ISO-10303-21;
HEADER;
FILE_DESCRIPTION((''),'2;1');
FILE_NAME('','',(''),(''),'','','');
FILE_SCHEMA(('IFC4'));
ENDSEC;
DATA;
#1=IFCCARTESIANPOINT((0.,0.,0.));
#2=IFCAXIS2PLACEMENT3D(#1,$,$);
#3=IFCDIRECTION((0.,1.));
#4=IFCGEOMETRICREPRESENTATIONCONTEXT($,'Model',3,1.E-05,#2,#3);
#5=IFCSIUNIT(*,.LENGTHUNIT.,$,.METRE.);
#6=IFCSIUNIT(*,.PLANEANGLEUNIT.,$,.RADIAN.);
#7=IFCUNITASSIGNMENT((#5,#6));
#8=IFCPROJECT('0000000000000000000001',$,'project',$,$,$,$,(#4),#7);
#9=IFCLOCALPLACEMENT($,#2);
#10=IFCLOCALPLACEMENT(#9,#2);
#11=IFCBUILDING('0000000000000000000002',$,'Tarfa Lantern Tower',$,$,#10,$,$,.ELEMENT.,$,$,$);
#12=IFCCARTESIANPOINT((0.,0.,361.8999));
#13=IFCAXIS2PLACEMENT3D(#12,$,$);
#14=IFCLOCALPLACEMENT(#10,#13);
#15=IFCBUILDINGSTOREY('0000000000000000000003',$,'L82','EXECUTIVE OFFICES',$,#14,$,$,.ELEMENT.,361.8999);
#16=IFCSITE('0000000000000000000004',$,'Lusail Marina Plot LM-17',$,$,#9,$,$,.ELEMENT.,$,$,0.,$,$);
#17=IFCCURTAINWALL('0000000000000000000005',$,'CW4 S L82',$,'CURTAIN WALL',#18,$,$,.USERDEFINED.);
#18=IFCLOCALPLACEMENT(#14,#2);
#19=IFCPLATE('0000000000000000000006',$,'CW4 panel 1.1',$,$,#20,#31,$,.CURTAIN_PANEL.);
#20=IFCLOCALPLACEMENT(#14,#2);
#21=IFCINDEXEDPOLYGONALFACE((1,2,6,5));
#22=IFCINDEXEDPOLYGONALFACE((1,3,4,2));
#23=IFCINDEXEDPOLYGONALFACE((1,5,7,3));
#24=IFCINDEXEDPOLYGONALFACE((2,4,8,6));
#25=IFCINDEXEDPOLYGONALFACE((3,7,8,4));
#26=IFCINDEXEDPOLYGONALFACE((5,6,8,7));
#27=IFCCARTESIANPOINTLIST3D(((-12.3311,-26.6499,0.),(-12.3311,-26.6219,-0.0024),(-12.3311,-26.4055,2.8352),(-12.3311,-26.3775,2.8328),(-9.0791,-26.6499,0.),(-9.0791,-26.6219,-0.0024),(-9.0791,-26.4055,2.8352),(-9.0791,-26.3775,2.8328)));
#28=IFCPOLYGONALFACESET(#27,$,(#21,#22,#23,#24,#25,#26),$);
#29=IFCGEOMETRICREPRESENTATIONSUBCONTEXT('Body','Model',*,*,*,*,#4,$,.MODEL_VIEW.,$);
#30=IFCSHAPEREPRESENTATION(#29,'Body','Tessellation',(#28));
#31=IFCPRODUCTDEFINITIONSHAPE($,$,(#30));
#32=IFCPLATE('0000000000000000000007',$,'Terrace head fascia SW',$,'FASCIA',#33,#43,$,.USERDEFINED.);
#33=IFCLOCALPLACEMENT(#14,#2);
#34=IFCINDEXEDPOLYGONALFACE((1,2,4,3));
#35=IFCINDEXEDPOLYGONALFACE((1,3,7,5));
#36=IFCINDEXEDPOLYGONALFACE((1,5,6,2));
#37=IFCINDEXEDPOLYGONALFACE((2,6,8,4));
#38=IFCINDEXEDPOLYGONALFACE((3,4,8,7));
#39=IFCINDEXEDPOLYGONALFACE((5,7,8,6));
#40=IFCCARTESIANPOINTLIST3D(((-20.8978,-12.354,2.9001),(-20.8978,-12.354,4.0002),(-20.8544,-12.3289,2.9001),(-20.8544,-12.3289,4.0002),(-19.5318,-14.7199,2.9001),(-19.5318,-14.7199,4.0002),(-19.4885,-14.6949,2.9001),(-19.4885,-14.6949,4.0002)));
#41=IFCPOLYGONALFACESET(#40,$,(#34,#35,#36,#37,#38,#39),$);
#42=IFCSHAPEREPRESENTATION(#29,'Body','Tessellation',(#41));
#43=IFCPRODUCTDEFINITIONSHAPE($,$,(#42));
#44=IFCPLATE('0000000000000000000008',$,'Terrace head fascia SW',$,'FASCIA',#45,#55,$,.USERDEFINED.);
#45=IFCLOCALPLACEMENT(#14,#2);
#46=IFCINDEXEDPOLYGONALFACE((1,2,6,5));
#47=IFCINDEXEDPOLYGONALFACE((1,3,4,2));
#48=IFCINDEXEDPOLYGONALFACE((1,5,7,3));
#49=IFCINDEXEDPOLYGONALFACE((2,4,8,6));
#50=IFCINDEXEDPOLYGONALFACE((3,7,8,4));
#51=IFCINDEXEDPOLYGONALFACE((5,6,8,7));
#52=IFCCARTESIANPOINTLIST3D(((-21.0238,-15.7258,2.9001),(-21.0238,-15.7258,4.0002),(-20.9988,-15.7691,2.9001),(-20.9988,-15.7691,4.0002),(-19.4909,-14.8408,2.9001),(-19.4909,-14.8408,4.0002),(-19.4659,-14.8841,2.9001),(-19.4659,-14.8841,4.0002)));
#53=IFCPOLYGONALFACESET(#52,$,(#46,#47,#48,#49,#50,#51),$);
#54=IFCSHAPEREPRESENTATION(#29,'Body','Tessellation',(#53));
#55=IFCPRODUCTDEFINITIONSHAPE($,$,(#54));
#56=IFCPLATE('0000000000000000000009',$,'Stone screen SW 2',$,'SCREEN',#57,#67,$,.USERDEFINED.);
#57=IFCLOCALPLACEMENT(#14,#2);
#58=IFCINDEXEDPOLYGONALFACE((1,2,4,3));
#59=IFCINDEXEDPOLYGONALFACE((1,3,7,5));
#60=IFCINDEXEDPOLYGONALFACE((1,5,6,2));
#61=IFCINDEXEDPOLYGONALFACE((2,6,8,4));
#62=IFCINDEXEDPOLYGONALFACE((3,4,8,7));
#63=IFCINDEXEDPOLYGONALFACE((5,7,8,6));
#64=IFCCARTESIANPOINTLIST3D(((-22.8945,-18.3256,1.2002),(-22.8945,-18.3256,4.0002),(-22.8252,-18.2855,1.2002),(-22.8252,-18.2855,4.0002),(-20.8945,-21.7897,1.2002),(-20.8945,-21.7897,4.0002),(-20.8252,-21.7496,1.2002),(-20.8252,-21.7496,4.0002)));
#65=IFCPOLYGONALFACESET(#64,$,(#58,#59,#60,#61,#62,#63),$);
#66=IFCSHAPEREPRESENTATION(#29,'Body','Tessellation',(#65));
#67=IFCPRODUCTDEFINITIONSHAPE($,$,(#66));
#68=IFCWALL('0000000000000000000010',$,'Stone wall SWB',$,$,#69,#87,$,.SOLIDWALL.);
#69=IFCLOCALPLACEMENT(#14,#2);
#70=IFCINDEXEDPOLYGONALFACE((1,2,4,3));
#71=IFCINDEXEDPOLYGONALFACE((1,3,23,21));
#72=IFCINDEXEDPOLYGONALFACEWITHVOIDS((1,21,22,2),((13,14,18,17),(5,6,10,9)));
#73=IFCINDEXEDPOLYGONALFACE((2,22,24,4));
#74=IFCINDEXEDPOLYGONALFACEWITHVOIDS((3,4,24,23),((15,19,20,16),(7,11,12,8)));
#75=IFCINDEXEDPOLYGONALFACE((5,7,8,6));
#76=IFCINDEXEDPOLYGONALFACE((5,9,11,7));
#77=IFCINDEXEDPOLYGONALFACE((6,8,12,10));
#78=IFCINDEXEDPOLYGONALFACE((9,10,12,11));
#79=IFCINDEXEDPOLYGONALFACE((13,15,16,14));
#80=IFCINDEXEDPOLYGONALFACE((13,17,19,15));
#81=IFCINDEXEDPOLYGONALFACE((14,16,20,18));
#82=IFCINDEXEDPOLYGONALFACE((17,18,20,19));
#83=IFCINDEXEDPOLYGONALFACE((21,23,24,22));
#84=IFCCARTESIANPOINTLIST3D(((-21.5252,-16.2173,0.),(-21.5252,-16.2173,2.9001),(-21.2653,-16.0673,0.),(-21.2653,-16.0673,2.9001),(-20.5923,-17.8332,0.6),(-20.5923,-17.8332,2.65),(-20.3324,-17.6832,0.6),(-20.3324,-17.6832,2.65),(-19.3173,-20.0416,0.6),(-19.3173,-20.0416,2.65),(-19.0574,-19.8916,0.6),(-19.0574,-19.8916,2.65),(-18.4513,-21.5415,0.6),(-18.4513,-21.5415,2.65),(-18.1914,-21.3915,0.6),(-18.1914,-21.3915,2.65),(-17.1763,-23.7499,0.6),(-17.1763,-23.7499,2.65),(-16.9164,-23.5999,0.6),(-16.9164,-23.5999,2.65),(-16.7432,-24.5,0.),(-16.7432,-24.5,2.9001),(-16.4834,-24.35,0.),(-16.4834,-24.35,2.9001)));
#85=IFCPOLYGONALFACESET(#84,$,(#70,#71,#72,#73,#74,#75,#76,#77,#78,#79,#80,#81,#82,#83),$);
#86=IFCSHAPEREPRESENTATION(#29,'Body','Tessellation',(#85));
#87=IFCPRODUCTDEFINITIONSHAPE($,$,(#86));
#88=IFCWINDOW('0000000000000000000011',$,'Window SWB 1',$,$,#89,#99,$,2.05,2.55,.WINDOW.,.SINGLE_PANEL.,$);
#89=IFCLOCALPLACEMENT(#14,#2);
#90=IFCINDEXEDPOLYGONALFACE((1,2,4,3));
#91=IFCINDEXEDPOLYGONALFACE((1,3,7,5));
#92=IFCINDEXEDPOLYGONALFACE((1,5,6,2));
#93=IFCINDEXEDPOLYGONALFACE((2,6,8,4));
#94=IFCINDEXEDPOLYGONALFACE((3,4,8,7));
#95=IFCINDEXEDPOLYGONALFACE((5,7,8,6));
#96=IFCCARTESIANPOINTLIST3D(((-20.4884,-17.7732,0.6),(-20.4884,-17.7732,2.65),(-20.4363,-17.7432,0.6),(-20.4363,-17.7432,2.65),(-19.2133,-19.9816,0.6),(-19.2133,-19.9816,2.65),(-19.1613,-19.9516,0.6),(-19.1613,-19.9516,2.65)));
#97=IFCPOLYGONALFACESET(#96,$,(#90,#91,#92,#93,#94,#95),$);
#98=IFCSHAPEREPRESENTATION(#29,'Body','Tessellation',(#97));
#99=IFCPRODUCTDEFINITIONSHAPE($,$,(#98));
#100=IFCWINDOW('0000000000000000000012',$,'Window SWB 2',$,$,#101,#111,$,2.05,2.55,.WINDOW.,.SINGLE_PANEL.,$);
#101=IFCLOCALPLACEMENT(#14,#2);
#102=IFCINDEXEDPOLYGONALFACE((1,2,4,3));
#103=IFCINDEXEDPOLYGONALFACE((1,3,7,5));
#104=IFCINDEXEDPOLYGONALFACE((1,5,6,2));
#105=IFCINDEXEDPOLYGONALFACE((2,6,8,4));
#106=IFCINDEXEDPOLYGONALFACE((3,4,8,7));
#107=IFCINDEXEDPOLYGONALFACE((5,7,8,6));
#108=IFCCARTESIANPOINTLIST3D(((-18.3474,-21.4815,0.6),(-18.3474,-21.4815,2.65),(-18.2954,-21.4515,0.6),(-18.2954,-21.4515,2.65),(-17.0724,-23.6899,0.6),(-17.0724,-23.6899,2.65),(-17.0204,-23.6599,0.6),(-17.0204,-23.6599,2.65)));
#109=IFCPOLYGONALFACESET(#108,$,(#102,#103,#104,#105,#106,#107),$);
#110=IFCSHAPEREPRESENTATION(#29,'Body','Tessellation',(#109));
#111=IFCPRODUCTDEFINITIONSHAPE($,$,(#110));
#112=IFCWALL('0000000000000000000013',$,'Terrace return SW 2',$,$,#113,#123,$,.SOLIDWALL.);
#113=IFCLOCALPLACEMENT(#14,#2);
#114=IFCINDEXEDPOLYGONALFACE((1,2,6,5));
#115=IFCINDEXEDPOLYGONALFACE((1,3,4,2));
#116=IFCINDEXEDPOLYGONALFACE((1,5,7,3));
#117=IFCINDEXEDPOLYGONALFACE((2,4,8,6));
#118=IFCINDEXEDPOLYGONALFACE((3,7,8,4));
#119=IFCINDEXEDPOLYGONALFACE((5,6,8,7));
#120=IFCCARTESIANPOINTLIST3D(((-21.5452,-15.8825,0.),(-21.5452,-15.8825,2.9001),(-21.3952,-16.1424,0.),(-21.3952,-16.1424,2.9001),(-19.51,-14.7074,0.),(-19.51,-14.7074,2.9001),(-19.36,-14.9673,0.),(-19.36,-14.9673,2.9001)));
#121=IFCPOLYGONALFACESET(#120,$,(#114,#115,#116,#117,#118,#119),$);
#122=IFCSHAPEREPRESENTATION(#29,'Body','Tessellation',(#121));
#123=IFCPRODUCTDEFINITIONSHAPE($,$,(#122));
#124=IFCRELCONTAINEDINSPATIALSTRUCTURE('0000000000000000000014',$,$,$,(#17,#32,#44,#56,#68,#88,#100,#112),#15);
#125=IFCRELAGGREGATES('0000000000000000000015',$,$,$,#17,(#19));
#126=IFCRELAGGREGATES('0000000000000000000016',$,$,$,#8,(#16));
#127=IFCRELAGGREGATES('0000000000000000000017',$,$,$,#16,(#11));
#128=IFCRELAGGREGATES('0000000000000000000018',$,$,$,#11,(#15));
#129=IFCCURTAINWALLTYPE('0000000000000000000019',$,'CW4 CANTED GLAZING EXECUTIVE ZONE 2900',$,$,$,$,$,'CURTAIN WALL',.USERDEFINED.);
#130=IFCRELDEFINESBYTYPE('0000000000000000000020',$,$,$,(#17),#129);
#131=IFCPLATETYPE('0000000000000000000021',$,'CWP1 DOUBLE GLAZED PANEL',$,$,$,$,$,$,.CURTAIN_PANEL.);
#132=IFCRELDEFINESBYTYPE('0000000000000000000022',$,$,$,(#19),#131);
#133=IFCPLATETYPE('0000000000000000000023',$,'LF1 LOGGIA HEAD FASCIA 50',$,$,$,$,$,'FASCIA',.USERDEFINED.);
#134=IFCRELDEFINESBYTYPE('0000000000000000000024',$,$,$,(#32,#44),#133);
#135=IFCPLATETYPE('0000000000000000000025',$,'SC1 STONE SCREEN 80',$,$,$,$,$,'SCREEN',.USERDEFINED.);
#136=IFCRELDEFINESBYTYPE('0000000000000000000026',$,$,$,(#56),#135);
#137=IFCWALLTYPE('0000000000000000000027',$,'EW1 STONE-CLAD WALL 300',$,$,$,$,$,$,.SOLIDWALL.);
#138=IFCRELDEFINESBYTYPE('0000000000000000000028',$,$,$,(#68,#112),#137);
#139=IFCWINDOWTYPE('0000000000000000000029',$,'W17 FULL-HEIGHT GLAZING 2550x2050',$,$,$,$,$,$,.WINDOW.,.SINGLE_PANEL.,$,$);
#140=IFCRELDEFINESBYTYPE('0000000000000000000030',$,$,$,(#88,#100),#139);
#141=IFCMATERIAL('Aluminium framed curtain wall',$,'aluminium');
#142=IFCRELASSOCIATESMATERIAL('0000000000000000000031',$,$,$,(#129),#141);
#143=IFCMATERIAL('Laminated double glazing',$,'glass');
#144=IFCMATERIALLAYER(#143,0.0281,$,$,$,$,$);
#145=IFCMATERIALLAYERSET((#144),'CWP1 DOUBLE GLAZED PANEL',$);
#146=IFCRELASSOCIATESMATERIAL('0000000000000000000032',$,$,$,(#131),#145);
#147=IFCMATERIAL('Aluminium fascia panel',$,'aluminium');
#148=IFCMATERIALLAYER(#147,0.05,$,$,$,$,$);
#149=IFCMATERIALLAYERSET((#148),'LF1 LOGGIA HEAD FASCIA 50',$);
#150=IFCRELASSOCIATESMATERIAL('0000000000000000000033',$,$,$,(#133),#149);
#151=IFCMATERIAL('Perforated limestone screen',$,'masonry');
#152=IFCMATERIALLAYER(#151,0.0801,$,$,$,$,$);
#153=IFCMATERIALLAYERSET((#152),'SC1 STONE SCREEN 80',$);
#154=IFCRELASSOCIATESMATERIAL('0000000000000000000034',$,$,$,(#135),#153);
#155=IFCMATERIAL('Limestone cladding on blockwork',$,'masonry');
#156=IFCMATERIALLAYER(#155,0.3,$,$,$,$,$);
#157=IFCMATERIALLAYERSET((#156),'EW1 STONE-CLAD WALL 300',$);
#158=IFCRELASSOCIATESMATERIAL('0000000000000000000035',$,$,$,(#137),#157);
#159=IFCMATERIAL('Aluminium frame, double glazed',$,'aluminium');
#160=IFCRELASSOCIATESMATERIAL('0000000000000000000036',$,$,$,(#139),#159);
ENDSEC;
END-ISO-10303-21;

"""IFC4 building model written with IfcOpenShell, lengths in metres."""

from ifc_helpers import new_model, si_unit, direction, frame, frame_2d, origin, origin_2d, place, context, subcontext, project, spatial, polyline, rectangle, outline, extrude, material, layer, layer_set, type_object, element, fill, aggregate, save


model = new_model("IFC4")

# Units and contexts
model_context = context("Model", 3, precision=1e-05, world=origin(), true_north=direction((0.0, 1.0)))
body_context = subcontext(model_context, "Body", "Model", "MODEL_VIEW")
ifc_project = project(units=[si_unit("LENGTHUNIT", "METRE"), si_unit("PLANEANGLEUNIT", "RADIAN")], contexts=[model_context])

# Site, building, storey
site_placement = place(None, origin())
site = spatial("IfcSite", under=ifc_project, at=site_placement, Name="Lusail Marina Plot LM-17", CompositionType="ELEMENT", RefElevation=0.0)
building_placement = place(site_placement, origin())
building = spatial("IfcBuilding", under=site, at=building_placement, Name="Tarfa Lantern Tower", CompositionType="ELEMENT")
storey_placement = place(building_placement, frame((0.0, 0.0, 361.8999)))
storey = spatial("IfcBuildingStorey", under=building, at=storey_placement, Name="L82", Description="EXECUTIVE OFFICES", CompositionType="ELEMENT", Elevation=361.8999)

# Curtain wall
ifc_material_1 = material(Name="Aluminium framed curtain wall", Category="aluminium")
curtain_wall_type = type_object("IfcCurtainWallType", Name="CW4 CANTED GLAZING EXECUTIVE ZONE 2900", ElementType="CURTAIN WALL", PredefinedType="USERDEFINED", material=ifc_material_1)
curtain_wall_placement = place(storey_placement, origin())
curtain_wall = element("IfcCurtainWall", 1, at=curtain_wall_placement, inside=storey, type_object=curtain_wall_type, Name="CW4 S L82", ObjectType="CURTAIN WALL", PredefinedType="USERDEFINED")

# Plate
ifc_material_2 = material(Name="Laminated double glazing", Category="glass")
ifc_layer_1 = layer(ifc_material_2, 0.0281)
ifc_layer_set_1 = layer_set([ifc_layer_1], Name="CWP1 DOUBLE GLAZED PANEL")
plate_type_1 = type_object("IfcPlateType", Name="CWP1 DOUBLE GLAZED PANEL", PredefinedType="CURTAIN_PANEL", material=ifc_layer_set_1)
plate_1_placement = place(storey_placement, frame((-12.3311, -26.6499, 0.0), z_axis=(0.0, -0.996306, 0.085878), x_axis=(1.0, 0.0, 0.0)))
plate_1 = element("IfcPlate", 2, at=plate_1_placement, type_object=plate_type_1, Name="CW4 panel 1.1", PredefinedType="CURTAIN_PANEL", context=body_context, shape_type="SweptSolid", body=[
    extrude(outline(polyline([(0.0, 0.0), (3.252, 0.0), (3.252, 2.8457), (0.0, 2.8457), (0.0, 0.0)])), origin(), (0.0, 0.0, -1.0), 0.0281),
])
aggregate(curtain_wall, [plate_1])

# Plates
ifc_material_3 = material(Name="Aluminium fascia panel", Category="aluminium")
ifc_layer_2 = layer(ifc_material_3, 0.05)
ifc_layer_set_2 = layer_set([ifc_layer_2], Name="LF1 LOGGIA HEAD FASCIA 50")
plate_type_2 = type_object("IfcPlateType", Name="LF1 LOGGIA HEAD FASCIA 50", ElementType="FASCIA", PredefinedType="USERDEFINED", material=ifc_layer_set_2)
plate_2_placement = place(storey_placement, frame((-20.1931, -13.5244, 2.9001), z_axis=(0.0, 0.0, 1.0), x_axis=(0.5, -0.866025, 0.0)))
element("IfcPlate", 3, at=plate_2_placement, inside=storey, type_object=plate_type_2, Name="Terrace head fascia SW", ObjectType="FASCIA", PredefinedType="USERDEFINED", context=body_context, shape_type="SweptSolid", body=[
    extrude(rectangle(XDim=2.7319, YDim=0.05, at=origin_2d()), origin(), (0.0, 0.0, 1.0), 1.1001),
])
plate_3_placement = place(storey_placement, frame((-20.2449, -15.3049, 2.9001), z_axis=(0.0, 0.0, 1.0), x_axis=(0.866025, 0.5, 0.0)))
element("IfcPlate", 4, at=plate_3_placement, inside=storey, type_object=plate_type_2, Name="Terrace head fascia SW", ObjectType="FASCIA", PredefinedType="USERDEFINED", context=body_context, shape_type="SweptSolid", body=[
    extrude(rectangle(XDim=1.77, YDim=0.05, at=origin_2d()), origin(), (0.0, 0.0, 1.0), 1.1001),
])
ifc_material_4 = material(Name="Perforated limestone screen", Category="masonry")
ifc_layer_3 = layer(ifc_material_4, 0.0801)
ifc_layer_set_3 = layer_set([ifc_layer_3], Name="SC1 STONE SCREEN 80")
plate_type_3 = type_object("IfcPlateType", Name="SC1 STONE SCREEN 80", ElementType="SCREEN", PredefinedType="USERDEFINED", material=ifc_layer_set_3)
plate_4_placement = place(storey_placement, frame((-21.8599, -20.0376, 1.2002), z_axis=(0.0, 0.0, 1.0), x_axis=(0.5, -0.866025, 0.0)))
element("IfcPlate", 5, at=plate_4_placement, inside=storey, type_object=plate_type_3, Name="Stone screen SW 2", ObjectType="SCREEN", PredefinedType="USERDEFINED", context=body_context, shape_type="SweptSolid", body=[
    extrude(rectangle(XDim=4.0, YDim=0.0801, at=origin_2d()), origin(), (0.0, 0.0, 1.0), 2.8),
])

# Wall, openings, windows
ifc_material_5 = material(Name="Limestone cladding on blockwork", Category="masonry")
ifc_layer_4 = layer(ifc_material_5, 0.3)
ifc_layer_set_4 = layer_set([ifc_layer_4], Name="EW1 STONE-CLAD WALL 300")
wall_type = type_object("IfcWallType", Name="EW1 STONE-CLAD WALL 300", PredefinedType="SOLIDWALL", material=ifc_layer_set_4)
wall_1_placement = place(storey_placement, frame((-21.3953, -16.1423, 0.0), z_axis=(0.0, 0.0, 1.0), x_axis=(0.499996, -0.866027, 0.0)))
wall_1 = element("IfcWall", 6, at=wall_1_placement, inside=storey, type_object=wall_type, Name="Stone wall SWB", PredefinedType="SOLIDWALL", context=body_context, shape_type="SweptSolid", body=[
    extrude(rectangle(XDim=9.564, YDim=0.3, at=frame_2d((4.782, 0.0))), origin(), (0.0, 0.0, 1.0), 2.9001),
])
opening_1_placement = place(wall_1_placement, frame((1.866, 0.0, 0.6001)))
opening_1 = element("IfcOpeningElement", 7, at=opening_1_placement, cuts=wall_1, PredefinedType="OPENING", context=body_context, shape_type="SweptSolid", body=[
    extrude(rectangle(XDim=2.55, YDim=2.05, at=frame_2d((1.2749, 1.0249))), frame((0.0, 0.1599, 0.0), z_axis=(0.0, -1.0, 0.0), x_axis=(1.0, 0.0, 0.0)), (0.0, 0.0, 1.0), 0.3201),
])
opening_2_placement = place(wall_1_placement, frame((6.1479, 0.0, 0.6001)))
opening_2 = element("IfcOpeningElement", 8, at=opening_2_placement, cuts=wall_1, PredefinedType="OPENING", context=body_context, shape_type="SweptSolid", body=[
    extrude(rectangle(XDim=2.55, YDim=2.05, at=frame_2d((1.2749, 1.0249))), frame((0.0, 0.1599, 0.0), z_axis=(0.0, -1.0, 0.0), x_axis=(1.0, 0.0, 0.0)), (0.0, 0.0, 1.0), 0.3201),
])
ifc_material_6 = material(Name="Aluminium frame, double glazed", Category="aluminium")
window_type = type_object("IfcWindowType", Name="W17 FULL-HEIGHT GLAZING 2550x2050", PartitioningType="SINGLE_PANEL", PredefinedType="WINDOW", material=ifc_material_6)
window_1_placement = place(opening_1_placement, origin())
window_1 = element("IfcWindow", 9, at=window_1_placement, inside=storey, type_object=window_type, Name="Window SWB 1", OverallHeight=2.05, OverallWidth=2.55, PartitioningType="SINGLE_PANEL", PredefinedType="WINDOW", context=body_context, shape_type="SweptSolid", body=[
    extrude(rectangle(XDim=2.55, YDim=2.05, at=frame_2d((1.2749, 1.0249))), frame((0.0, 0.03, 0.0), z_axis=(0.0, -1.0, 0.0), x_axis=(1.0, 0.0, 0.0)), (0.0, 0.0, 1.0), 0.0601),
])
fill(opening_1, window_1)
window_2_placement = place(opening_2_placement, origin())
window_2 = element("IfcWindow", 10, at=window_2_placement, inside=storey, type_object=window_type, Name="Window SWB 2", OverallHeight=2.05, OverallWidth=2.55, PartitioningType="SINGLE_PANEL", PredefinedType="WINDOW", context=body_context, shape_type="SweptSolid", body=[
    extrude(rectangle(XDim=2.55, YDim=2.05, at=frame_2d((1.2749, 1.0249))), frame((0.0, 0.03, 0.0), z_axis=(0.0, -1.0, 0.0), x_axis=(1.0, 0.0, 0.0)), (0.0, 0.0, 1.0), 0.0601),
])
fill(opening_2, window_2)

# Wall
wall_2_placement = place(storey_placement, frame((-21.4702, -16.0125, 0.0), z_axis=(0.0, 0.0, 1.0), x_axis=(0.866016, 0.500016, 0.0)))
element("IfcWall", 11, at=wall_2_placement, inside=storey, type_object=wall_type, Name="Terrace return SW 2", PredefinedType="SOLIDWALL", context=body_context, shape_type="SweptSolid", body=[
    extrude(rectangle(XDim=2.3501, YDim=0.3, at=frame_2d((1.175, 0.0))), origin(), (0.0, 0.0, 1.0), 2.9001),
])

save(model, "model.ifc")
